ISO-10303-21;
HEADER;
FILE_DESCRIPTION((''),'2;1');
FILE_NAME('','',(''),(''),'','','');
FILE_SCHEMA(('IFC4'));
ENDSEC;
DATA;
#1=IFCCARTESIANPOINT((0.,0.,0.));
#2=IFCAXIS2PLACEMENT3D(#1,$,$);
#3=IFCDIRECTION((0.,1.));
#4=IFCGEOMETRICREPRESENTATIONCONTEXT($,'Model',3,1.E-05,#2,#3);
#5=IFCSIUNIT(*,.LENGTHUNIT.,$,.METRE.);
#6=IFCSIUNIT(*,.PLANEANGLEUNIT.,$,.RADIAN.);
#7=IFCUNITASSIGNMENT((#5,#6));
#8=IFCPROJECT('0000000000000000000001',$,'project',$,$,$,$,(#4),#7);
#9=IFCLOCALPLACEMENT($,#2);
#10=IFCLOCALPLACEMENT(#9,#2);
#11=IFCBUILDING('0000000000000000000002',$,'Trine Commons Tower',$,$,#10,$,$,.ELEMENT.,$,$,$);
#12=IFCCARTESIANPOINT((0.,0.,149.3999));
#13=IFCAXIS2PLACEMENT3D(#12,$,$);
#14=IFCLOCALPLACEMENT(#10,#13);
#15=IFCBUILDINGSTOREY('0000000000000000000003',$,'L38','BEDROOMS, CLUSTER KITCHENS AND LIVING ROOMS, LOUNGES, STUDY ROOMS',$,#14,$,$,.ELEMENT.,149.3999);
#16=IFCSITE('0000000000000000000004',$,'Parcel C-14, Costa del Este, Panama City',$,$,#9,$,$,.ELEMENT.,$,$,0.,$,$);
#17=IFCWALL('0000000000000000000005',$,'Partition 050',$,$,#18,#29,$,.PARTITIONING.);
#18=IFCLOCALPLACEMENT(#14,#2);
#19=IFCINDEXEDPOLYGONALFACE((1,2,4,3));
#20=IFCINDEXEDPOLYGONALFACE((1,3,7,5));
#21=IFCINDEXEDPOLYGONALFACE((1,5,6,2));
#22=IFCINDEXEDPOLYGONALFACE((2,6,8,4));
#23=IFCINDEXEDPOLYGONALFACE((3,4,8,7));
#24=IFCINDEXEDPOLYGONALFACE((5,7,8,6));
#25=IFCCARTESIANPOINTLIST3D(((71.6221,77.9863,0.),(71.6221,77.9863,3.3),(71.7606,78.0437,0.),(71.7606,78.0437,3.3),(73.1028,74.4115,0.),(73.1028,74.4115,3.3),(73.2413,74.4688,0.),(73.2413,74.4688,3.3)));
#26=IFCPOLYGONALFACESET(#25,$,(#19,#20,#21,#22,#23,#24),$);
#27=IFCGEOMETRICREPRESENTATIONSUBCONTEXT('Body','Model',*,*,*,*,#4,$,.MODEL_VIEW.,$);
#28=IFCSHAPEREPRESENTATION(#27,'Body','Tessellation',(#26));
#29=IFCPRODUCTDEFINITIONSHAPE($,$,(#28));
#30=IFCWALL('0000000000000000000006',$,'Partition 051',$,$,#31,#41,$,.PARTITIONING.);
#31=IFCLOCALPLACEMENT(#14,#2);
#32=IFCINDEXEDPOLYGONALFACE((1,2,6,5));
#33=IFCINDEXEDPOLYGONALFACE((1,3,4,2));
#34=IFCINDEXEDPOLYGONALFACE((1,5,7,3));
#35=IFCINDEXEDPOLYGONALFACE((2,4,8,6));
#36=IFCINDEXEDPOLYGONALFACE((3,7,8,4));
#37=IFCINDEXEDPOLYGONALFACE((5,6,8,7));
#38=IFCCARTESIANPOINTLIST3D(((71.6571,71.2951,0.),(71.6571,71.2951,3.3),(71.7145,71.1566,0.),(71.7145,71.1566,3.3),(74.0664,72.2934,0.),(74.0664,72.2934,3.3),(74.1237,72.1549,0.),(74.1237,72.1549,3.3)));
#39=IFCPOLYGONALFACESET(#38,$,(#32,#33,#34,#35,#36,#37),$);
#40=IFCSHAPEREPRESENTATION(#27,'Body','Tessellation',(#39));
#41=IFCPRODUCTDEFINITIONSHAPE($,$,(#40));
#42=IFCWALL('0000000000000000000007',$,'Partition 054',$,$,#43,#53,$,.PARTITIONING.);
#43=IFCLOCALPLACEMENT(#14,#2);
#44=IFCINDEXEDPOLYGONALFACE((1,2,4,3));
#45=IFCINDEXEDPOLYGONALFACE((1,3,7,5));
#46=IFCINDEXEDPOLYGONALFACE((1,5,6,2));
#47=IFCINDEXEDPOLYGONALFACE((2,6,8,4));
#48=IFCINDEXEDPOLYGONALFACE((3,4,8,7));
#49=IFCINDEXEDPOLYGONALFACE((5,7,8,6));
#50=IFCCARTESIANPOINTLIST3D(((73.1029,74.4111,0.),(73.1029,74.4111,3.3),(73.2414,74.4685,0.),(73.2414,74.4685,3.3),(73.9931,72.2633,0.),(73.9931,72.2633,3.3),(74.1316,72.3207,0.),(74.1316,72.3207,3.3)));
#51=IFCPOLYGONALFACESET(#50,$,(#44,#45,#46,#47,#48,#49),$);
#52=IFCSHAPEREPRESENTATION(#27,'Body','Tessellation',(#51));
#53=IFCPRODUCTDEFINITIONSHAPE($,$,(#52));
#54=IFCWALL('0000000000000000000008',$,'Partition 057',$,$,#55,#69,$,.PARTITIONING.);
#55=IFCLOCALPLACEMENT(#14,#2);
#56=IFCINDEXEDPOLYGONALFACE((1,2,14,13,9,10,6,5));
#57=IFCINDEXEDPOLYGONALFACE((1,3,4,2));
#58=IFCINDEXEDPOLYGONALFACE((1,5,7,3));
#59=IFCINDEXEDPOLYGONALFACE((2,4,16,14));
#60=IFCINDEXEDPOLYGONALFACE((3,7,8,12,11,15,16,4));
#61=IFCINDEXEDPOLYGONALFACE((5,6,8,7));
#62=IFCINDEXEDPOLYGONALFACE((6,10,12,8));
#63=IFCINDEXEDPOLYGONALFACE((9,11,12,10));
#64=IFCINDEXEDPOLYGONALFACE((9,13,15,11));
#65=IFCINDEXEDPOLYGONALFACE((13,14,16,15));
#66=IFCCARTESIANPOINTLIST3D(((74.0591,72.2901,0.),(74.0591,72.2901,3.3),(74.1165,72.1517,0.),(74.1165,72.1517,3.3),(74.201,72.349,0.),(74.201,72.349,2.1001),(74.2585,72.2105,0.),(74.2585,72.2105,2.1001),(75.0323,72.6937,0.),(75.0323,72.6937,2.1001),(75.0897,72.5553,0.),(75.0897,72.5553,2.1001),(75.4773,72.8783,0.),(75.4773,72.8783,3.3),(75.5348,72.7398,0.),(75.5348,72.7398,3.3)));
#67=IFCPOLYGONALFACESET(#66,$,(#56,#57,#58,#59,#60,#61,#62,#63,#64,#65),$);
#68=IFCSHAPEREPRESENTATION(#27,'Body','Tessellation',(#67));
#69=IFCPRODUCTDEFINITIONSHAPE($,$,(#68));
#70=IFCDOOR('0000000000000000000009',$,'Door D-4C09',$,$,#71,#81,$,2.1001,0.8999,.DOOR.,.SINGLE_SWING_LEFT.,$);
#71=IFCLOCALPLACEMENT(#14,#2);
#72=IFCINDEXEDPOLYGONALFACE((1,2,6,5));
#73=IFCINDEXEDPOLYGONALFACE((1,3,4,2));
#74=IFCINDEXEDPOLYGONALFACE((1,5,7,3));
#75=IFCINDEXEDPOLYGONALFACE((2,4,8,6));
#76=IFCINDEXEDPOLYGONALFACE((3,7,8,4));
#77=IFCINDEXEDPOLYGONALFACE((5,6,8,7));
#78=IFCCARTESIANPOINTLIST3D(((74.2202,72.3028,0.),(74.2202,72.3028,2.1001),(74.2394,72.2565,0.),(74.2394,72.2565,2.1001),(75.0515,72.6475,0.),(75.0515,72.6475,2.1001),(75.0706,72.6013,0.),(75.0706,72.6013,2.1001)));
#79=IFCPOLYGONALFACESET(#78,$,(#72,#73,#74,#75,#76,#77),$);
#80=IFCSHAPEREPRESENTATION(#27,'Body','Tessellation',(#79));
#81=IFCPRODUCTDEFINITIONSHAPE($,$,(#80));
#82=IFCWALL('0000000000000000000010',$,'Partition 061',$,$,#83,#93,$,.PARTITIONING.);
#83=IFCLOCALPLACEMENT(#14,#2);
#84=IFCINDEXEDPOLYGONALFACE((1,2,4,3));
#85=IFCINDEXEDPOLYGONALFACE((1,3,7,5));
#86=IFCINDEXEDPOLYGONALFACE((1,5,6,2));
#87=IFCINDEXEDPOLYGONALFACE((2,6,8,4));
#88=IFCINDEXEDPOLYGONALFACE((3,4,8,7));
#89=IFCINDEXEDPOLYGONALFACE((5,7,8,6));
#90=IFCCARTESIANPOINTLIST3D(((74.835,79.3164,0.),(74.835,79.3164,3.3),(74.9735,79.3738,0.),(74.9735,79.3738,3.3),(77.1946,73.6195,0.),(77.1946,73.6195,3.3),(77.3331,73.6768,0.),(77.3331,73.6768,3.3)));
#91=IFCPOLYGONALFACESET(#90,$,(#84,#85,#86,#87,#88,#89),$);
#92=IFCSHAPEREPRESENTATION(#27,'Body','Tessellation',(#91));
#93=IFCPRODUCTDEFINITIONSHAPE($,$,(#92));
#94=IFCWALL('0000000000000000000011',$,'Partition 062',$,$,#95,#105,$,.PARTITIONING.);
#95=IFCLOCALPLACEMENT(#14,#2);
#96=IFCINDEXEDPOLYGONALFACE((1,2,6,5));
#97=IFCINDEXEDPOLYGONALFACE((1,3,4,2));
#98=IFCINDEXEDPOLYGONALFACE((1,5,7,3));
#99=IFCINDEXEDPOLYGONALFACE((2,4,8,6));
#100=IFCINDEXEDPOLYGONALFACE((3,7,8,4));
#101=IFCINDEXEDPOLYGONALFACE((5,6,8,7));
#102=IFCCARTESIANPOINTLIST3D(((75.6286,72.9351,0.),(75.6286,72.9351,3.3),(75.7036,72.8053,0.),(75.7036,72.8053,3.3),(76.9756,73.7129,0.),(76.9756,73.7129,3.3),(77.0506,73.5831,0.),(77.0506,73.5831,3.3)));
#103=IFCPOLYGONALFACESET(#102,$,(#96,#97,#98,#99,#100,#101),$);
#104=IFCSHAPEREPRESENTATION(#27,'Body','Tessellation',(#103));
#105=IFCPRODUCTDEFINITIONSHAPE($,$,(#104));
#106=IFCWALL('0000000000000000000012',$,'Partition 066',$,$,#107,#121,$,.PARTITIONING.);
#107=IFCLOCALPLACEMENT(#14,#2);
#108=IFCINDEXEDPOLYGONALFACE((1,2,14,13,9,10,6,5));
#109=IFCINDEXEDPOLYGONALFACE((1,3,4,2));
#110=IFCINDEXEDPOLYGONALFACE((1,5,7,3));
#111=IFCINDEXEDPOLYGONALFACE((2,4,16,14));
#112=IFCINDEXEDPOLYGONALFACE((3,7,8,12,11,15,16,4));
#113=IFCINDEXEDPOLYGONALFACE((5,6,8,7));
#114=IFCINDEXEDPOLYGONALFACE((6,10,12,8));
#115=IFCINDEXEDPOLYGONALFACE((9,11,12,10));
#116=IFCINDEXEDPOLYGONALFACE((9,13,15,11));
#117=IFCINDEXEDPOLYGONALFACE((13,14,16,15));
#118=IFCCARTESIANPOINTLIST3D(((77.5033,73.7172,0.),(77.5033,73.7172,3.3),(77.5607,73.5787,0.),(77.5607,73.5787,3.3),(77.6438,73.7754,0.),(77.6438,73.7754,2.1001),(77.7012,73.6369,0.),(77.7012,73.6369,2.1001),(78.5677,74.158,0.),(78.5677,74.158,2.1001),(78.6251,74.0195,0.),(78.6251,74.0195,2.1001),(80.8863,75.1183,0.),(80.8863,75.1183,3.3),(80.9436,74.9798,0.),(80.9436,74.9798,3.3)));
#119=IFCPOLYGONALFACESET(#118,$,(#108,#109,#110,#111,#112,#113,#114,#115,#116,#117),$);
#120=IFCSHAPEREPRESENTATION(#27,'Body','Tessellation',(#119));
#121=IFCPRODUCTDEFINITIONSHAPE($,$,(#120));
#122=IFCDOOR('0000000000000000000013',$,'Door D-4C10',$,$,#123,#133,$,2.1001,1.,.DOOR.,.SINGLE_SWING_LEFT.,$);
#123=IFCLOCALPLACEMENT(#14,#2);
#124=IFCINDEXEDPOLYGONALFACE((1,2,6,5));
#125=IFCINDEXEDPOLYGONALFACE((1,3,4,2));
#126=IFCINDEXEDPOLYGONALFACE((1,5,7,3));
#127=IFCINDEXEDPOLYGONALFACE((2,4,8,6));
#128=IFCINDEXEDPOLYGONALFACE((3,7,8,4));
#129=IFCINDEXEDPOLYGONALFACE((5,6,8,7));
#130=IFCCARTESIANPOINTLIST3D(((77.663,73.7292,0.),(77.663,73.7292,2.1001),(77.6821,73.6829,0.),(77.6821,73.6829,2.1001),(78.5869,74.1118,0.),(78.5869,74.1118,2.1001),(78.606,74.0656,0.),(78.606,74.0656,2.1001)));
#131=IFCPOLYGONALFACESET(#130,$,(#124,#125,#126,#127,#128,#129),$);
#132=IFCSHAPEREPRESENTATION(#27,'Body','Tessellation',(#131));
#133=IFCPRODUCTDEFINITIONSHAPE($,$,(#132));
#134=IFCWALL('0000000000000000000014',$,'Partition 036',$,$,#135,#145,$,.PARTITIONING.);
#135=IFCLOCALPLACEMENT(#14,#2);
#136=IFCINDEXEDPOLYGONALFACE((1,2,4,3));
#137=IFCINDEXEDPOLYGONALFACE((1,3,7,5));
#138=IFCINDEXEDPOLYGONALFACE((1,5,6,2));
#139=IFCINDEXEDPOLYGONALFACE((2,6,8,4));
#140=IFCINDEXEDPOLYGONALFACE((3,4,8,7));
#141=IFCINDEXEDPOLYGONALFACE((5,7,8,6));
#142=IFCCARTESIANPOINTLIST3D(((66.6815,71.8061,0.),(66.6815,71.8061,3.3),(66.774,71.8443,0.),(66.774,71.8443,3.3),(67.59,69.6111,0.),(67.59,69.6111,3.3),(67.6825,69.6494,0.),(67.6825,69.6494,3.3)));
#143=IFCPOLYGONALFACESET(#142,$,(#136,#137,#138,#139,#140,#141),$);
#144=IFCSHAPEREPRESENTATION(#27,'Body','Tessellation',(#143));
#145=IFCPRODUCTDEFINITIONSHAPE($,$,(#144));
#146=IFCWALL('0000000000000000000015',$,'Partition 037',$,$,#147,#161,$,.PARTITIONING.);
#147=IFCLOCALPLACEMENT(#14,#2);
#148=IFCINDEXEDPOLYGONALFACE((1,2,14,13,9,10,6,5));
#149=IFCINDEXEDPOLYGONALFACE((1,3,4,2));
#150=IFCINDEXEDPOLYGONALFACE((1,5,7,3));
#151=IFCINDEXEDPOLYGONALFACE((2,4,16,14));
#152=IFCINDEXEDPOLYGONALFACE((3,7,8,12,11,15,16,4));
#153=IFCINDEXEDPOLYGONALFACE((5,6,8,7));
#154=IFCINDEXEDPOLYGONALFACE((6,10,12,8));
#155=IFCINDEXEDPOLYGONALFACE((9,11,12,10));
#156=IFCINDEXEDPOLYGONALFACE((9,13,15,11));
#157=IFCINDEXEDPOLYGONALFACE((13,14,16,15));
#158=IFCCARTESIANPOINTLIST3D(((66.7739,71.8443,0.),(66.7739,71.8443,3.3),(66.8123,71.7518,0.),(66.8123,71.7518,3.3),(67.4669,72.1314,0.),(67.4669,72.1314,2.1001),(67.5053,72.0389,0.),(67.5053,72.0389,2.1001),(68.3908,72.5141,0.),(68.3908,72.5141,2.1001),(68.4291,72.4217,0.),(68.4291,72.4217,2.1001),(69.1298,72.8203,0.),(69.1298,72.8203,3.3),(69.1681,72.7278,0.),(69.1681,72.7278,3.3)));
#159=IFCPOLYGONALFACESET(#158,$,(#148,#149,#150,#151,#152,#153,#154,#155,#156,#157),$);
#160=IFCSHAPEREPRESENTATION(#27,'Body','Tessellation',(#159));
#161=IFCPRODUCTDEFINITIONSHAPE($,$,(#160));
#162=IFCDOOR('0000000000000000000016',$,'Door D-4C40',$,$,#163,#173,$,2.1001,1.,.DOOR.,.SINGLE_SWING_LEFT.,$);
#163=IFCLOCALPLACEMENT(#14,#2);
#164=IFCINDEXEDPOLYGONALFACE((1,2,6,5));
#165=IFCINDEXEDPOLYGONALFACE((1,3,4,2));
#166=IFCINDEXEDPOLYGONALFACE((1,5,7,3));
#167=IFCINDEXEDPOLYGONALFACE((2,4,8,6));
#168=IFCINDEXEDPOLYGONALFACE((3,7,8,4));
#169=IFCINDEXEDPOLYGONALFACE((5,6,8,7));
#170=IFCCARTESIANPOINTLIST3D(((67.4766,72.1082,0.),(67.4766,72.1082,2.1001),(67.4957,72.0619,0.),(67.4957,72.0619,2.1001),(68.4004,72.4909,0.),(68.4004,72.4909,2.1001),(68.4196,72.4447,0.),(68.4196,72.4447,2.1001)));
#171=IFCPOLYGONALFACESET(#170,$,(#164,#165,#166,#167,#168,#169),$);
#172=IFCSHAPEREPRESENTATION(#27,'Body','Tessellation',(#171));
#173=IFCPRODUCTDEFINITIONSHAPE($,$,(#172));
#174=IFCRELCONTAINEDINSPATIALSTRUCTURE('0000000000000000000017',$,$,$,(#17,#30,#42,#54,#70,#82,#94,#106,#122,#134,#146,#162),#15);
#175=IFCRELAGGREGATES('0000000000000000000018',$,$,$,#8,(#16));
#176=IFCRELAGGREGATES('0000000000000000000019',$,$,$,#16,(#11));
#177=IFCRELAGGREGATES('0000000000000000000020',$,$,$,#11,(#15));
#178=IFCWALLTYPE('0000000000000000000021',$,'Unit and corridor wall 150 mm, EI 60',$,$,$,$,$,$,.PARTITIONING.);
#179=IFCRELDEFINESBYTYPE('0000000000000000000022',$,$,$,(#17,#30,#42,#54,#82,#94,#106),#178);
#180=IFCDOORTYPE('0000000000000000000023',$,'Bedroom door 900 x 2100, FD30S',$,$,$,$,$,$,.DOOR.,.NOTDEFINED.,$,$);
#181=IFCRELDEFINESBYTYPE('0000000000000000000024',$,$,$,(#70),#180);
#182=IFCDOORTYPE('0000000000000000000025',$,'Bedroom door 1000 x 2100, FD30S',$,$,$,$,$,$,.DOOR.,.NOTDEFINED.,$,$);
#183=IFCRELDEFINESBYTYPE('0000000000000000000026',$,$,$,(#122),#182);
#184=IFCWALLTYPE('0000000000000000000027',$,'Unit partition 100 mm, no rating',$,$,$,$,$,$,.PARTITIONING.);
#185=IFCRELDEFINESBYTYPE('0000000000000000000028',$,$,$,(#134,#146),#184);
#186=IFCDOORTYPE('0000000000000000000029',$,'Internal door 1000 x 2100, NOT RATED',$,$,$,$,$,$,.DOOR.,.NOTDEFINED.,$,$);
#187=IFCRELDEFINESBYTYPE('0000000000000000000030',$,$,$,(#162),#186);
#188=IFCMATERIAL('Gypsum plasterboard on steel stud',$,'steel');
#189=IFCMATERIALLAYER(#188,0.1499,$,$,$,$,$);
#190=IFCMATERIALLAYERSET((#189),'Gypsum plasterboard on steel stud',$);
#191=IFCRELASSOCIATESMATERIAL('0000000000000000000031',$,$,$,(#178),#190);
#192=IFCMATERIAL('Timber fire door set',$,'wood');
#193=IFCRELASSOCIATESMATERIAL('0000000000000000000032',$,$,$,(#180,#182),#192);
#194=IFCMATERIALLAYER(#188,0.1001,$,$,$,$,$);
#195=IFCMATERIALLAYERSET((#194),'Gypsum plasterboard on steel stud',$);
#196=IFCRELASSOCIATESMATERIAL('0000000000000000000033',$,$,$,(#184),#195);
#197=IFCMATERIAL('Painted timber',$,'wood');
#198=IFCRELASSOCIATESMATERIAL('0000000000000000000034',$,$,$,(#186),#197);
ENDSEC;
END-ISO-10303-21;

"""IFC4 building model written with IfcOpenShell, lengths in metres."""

from ifc_helpers import new_model, si_unit, direction, frame, frame_2d, origin, place, context, subcontext, project, spatial, rectangle, extrude, material, layer, layer_set, type_object, element, fill, save


model = new_model("IFC4")

# Units and contexts
model_context = context("Model", 3, precision=1e-05, world=origin(), true_north=direction((0.0, 1.0)))
body_context = subcontext(model_context, "Body", "Model", "MODEL_VIEW")
ifc_project = project(units=[si_unit("LENGTHUNIT", "METRE"), si_unit("PLANEANGLEUNIT", "RADIAN")], contexts=[model_context])

# Site, building, storey
site_placement = place(None, origin())
site = spatial("IfcSite", under=ifc_project, at=site_placement, Name="Parcel C-14, Costa del Este, Panama City", CompositionType="ELEMENT", RefElevation=0.0)
building_placement = place(site_placement, origin())
building = spatial("IfcBuilding", under=site, at=building_placement, Name="Trine Commons Tower", CompositionType="ELEMENT")
storey_placement = place(building_placement, frame((0.0, 0.0, 149.3999)))
storey = spatial("IfcBuildingStorey", under=building, at=storey_placement, Name="L38", Description="BEDROOMS, CLUSTER KITCHENS AND LIVING ROOMS, LOUNGES, STUDY ROOMS", CompositionType="ELEMENT", Elevation=149.3999)

# Shared definitions
ifc_material_1 = material(Name="Gypsum plasterboard on steel stud", Category="steel")
ifc_layer_1 = layer(ifc_material_1, 0.1499)
ifc_layer_set_1 = layer_set([ifc_layer_1], Name="Gypsum plasterboard on steel stud")
wall_type_1 = type_object("IfcWallType", Name="Unit and corridor wall 150 mm, EI 60", PredefinedType="PARTITIONING", material=ifc_layer_set_1)

# Shared definitions
ifc_material_2 = material(Name="Timber fire door set", Category="wood")

# Walls
wall_1_placement = place(storey_placement, frame((71.6914, 78.0149, 0.0), z_axis=(0.0, 0.0, 1.0), x_axis=(0.382666, -0.923887, 0.0)))
element("IfcWall", 1, at=wall_1_placement, inside=storey, type_object=wall_type_1, Name="Partition 050", PredefinedType="PARTITIONING", context=body_context, shape_type="SweptSolid", body=[
    extrude(rectangle(XDim=3.8694, YDim=0.1499, at=frame_2d((1.9346, 0.0))), origin(), (0.0, 0.0, 1.0), 3.3),
])
wall_2_placement = place(storey_placement, frame((71.6858, 71.2258, 0.0), z_axis=(0.0, 0.0, 1.0), x_axis=(0.923829, 0.382807, 0.0)))
element("IfcWall", 2, at=wall_2_placement, inside=storey, type_object=wall_type_1, Name="Partition 051", PredefinedType="PARTITIONING", context=body_context, shape_type="SweptSolid", body=[
    extrude(rectangle(XDim=2.6079, YDim=0.1499, at=frame_2d((1.304, 0.0))), origin(), (0.0, 0.0, 1.0), 3.3),
])
wall_3_placement = place(storey_placement, frame((73.1721, 74.4399, 0.0), z_axis=(0.0, 0.0, 1.0), x_axis=(0.382877, -0.923799, 0.0)))
element("IfcWall", 3, at=wall_3_placement, inside=storey, type_object=wall_type_1, Name="Partition 054", PredefinedType="PARTITIONING", context=body_context, shape_type="SweptSolid", body=[
    extrude(rectangle(XDim=2.325, YDim=0.1499, at=frame_2d((1.1626, 0.0))), origin(), (0.0, 0.0, 1.0), 3.3),
])

# Wall, opening, door
wall_4_placement = place(storey_placement, frame((74.0879, 72.2209, 0.0), z_axis=(0.0, 0.0, 1.0), x_axis=(0.92372, 0.383068, 0.0)))
wall_4 = element("IfcWall", 4, at=wall_4_placement, inside=storey, type_object=wall_type_1, Name="Partition 057", PredefinedType="PARTITIONING", context=body_context, shape_type="SweptSolid", body=[
    extrude(rectangle(XDim=1.5354, YDim=0.1499, at=frame_2d((0.7676, 0.0))), origin(), (0.0, 0.0, 1.0), 3.3),
])
opening_1_placement = place(wall_4_placement, frame((0.1536, 0.0, 0.0)))
opening_1 = element("IfcOpeningElement", 5, at=opening_1_placement, cuts=wall_4, PredefinedType="OPENING", context=body_context, shape_type="SweptSolid", body=[
    extrude(rectangle(XDim=0.8999, YDim=2.1001, at=frame_2d((0.45, 1.05))), frame((0.0, 0.085, 0.0), z_axis=(0.0, -1.0, 0.0), x_axis=(1.0, 0.0, 0.0)), (0.0, 0.0, 1.0), 0.1699),
])
door_type_1 = type_object("IfcDoorType", Name="Bedroom door 900 x 2100, FD30S", OperationType="NOTDEFINED", PredefinedType="DOOR", material=ifc_material_2)
door_1_placement = place(opening_1_placement, origin())
door_1 = element("IfcDoor", 6, at=door_1_placement, inside=storey, type_object=door_type_1, Name="Door D-4C09", OperationType="SINGLE_SWING_LEFT", OverallHeight=2.1001, OverallWidth=0.8999, PredefinedType="DOOR", context=body_context, shape_type="SweptSolid", body=[
    extrude(rectangle(XDim=0.8999, YDim=2.1001, at=frame_2d((0.45, 1.05))), frame((0.0, 0.0249, 0.0), z_axis=(0.0, -1.0, 0.0), x_axis=(1.0, 0.0, 0.0)), (0.0, 0.0, 1.0), 0.05),
])
fill(opening_1, door_1)

# Walls
wall_5_placement = place(storey_placement, frame((74.9043, 79.345, 0.0), z_axis=(0.0, 0.0, 1.0), x_axis=(0.382661, -0.923889, 0.0)))
element("IfcWall", 7, at=wall_5_placement, inside=storey, type_object=wall_type_1, Name="Partition 061", PredefinedType="PARTITIONING", context=body_context, shape_type="SweptSolid", body=[
    extrude(rectangle(XDim=6.1663, YDim=0.1499, at=frame_2d((3.083, 0.0))), origin(), (0.0, 0.0, 1.0), 3.3),
])
wall_6_placement = place(storey_placement, frame((75.666, 72.8701, 0.0), z_axis=(0.0, 0.0, 1.0), x_axis=(0.865974, 0.500089, 0.0)))
element("IfcWall", 8, at=wall_6_placement, inside=storey, type_object=wall_type_1, Name="Partition 062", PredefinedType="PARTITIONING", context=body_context, shape_type="SweptSolid", body=[
    extrude(rectangle(XDim=1.5554, YDim=0.1499, at=frame_2d((0.7778, 0.0))), origin(), (0.0, 0.0, 1.0), 3.3),
])

# Wall, opening, door
wall_7_placement = place(storey_placement, frame((77.532, 73.6479, 0.0), z_axis=(0.0, 0.0, 1.0), x_axis=(0.923897, 0.38264, 0.0)))
wall_7 = element("IfcWall", 9, at=wall_7_placement, inside=storey, type_object=wall_type_1, Name="Partition 066", PredefinedType="PARTITIONING", context=body_context, shape_type="SweptSolid", body=[
    extrude(rectangle(XDim=3.6616, YDim=0.1499, at=frame_2d((1.8308, 0.0))), origin(), (0.0, 0.0, 1.0), 3.3),
])
opening_2_placement = place(wall_7_placement, frame((0.1521, 0.0, 0.0)))
opening_2 = element("IfcOpeningElement", 10, at=opening_2_placement, cuts=wall_7, PredefinedType="OPENING", context=body_context, shape_type="SweptSolid", body=[
    extrude(rectangle(XDim=1.0, YDim=2.1001, at=frame_2d((0.5, 1.05))), frame((0.0, 0.085, 0.0), z_axis=(0.0, -1.0, 0.0), x_axis=(1.0, 0.0, 0.0)), (0.0, 0.0, 1.0), 0.1699),
])
door_type_2 = type_object("IfcDoorType", Name="Bedroom door 1000 x 2100, FD30S", OperationType="NOTDEFINED", PredefinedType="DOOR", material=ifc_material_2)
door_2_placement = place(opening_2_placement, origin())
door_2 = element("IfcDoor", 11, at=door_2_placement, inside=storey, type_object=door_type_2, Name="Door D-4C10", OperationType="SINGLE_SWING_LEFT", OverallHeight=2.1001, OverallWidth=1.0, PredefinedType="DOOR", context=body_context, shape_type="SweptSolid", body=[
    extrude(rectangle(XDim=1.0, YDim=2.1001, at=frame_2d((0.5, 1.05))), frame((0.0, 0.0249, 0.0), z_axis=(0.0, -1.0, 0.0), x_axis=(1.0, 0.0, 0.0)), (0.0, 0.0, 1.0), 0.05),
])
fill(opening_2, door_2)

# Wall
ifc_layer_2 = layer(ifc_material_1, 0.1001)
ifc_layer_set_2 = layer_set([ifc_layer_2], Name="Gypsum plasterboard on steel stud")
wall_type_2 = type_object("IfcWallType", Name="Unit partition 100 mm, no rating", PredefinedType="PARTITIONING", material=ifc_layer_set_2)
wall_8_placement = place(storey_placement, frame((66.7278, 71.8252, 0.0), z_axis=(0.0, 0.0, 1.0), x_axis=(0.38244, -0.923981, 0.0)))
element("IfcWall", 12, at=wall_8_placement, inside=storey, type_object=wall_type_2, Name="Partition 036", PredefinedType="PARTITIONING", context=body_context, shape_type="SweptSolid", body=[
    extrude(rectangle(XDim=2.3755, YDim=0.1001, at=frame_2d((1.1877, 0.0))), origin(), (0.0, 0.0, 1.0), 3.3),
])

# Wall, opening, door
wall_9_placement = place(storey_placement, frame((66.7932, 71.7981, 0.0), z_axis=(0.0, 0.0, 1.0), x_axis=(0.923851, 0.382752, 0.0)))
wall_9 = element("IfcWall", 13, at=wall_9_placement, inside=storey, type_object=wall_type_2, Name="Partition 037", PredefinedType="PARTITIONING", context=body_context, shape_type="SweptSolid", body=[
    extrude(rectangle(XDim=2.55, YDim=0.1001, at=frame_2d((1.2749, 0.0))), origin(), (0.0, 0.0, 1.0), 3.3),
])
opening_3_placement = place(wall_9_placement, frame((0.75, 0.0, 0.0)))
opening_3 = element("IfcOpeningElement", 14, at=opening_3_placement, cuts=wall_9, PredefinedType="OPENING", context=body_context, shape_type="SweptSolid", body=[
    extrude(rectangle(XDim=1.0, YDim=2.1001, at=frame_2d((0.5, 1.05))), frame((0.0, 0.0601, 0.0), z_axis=(0.0, -1.0, 0.0), x_axis=(1.0, 0.0, 0.0)), (0.0, 0.0, 1.0), 0.1201),
])
ifc_material_3 = material(Name="Painted timber", Category="wood")
door_type_3 = type_object("IfcDoorType", Name="Internal door 1000 x 2100, NOT RATED", OperationType="NOTDEFINED", PredefinedType="DOOR", material=ifc_material_3)
door_3_placement = place(opening_3_placement, origin())
door_3 = element("IfcDoor", 15, at=door_3_placement, inside=storey, type_object=door_type_3, Name="Door D-4C40", OperationType="SINGLE_SWING_LEFT", OverallHeight=2.1001, OverallWidth=1.0, PredefinedType="DOOR", context=body_context, shape_type="SweptSolid", body=[
    extrude(rectangle(XDim=1.0, YDim=2.1001, at=frame_2d((0.5, 1.05))), frame((0.0, 0.0249, 0.0), z_axis=(0.0, -1.0, 0.0), x_axis=(1.0, 0.0, 0.0)), (0.0, 0.0, 1.0), 0.05),
])
fill(opening_3, door_3)

save(model, "model.ifc")
